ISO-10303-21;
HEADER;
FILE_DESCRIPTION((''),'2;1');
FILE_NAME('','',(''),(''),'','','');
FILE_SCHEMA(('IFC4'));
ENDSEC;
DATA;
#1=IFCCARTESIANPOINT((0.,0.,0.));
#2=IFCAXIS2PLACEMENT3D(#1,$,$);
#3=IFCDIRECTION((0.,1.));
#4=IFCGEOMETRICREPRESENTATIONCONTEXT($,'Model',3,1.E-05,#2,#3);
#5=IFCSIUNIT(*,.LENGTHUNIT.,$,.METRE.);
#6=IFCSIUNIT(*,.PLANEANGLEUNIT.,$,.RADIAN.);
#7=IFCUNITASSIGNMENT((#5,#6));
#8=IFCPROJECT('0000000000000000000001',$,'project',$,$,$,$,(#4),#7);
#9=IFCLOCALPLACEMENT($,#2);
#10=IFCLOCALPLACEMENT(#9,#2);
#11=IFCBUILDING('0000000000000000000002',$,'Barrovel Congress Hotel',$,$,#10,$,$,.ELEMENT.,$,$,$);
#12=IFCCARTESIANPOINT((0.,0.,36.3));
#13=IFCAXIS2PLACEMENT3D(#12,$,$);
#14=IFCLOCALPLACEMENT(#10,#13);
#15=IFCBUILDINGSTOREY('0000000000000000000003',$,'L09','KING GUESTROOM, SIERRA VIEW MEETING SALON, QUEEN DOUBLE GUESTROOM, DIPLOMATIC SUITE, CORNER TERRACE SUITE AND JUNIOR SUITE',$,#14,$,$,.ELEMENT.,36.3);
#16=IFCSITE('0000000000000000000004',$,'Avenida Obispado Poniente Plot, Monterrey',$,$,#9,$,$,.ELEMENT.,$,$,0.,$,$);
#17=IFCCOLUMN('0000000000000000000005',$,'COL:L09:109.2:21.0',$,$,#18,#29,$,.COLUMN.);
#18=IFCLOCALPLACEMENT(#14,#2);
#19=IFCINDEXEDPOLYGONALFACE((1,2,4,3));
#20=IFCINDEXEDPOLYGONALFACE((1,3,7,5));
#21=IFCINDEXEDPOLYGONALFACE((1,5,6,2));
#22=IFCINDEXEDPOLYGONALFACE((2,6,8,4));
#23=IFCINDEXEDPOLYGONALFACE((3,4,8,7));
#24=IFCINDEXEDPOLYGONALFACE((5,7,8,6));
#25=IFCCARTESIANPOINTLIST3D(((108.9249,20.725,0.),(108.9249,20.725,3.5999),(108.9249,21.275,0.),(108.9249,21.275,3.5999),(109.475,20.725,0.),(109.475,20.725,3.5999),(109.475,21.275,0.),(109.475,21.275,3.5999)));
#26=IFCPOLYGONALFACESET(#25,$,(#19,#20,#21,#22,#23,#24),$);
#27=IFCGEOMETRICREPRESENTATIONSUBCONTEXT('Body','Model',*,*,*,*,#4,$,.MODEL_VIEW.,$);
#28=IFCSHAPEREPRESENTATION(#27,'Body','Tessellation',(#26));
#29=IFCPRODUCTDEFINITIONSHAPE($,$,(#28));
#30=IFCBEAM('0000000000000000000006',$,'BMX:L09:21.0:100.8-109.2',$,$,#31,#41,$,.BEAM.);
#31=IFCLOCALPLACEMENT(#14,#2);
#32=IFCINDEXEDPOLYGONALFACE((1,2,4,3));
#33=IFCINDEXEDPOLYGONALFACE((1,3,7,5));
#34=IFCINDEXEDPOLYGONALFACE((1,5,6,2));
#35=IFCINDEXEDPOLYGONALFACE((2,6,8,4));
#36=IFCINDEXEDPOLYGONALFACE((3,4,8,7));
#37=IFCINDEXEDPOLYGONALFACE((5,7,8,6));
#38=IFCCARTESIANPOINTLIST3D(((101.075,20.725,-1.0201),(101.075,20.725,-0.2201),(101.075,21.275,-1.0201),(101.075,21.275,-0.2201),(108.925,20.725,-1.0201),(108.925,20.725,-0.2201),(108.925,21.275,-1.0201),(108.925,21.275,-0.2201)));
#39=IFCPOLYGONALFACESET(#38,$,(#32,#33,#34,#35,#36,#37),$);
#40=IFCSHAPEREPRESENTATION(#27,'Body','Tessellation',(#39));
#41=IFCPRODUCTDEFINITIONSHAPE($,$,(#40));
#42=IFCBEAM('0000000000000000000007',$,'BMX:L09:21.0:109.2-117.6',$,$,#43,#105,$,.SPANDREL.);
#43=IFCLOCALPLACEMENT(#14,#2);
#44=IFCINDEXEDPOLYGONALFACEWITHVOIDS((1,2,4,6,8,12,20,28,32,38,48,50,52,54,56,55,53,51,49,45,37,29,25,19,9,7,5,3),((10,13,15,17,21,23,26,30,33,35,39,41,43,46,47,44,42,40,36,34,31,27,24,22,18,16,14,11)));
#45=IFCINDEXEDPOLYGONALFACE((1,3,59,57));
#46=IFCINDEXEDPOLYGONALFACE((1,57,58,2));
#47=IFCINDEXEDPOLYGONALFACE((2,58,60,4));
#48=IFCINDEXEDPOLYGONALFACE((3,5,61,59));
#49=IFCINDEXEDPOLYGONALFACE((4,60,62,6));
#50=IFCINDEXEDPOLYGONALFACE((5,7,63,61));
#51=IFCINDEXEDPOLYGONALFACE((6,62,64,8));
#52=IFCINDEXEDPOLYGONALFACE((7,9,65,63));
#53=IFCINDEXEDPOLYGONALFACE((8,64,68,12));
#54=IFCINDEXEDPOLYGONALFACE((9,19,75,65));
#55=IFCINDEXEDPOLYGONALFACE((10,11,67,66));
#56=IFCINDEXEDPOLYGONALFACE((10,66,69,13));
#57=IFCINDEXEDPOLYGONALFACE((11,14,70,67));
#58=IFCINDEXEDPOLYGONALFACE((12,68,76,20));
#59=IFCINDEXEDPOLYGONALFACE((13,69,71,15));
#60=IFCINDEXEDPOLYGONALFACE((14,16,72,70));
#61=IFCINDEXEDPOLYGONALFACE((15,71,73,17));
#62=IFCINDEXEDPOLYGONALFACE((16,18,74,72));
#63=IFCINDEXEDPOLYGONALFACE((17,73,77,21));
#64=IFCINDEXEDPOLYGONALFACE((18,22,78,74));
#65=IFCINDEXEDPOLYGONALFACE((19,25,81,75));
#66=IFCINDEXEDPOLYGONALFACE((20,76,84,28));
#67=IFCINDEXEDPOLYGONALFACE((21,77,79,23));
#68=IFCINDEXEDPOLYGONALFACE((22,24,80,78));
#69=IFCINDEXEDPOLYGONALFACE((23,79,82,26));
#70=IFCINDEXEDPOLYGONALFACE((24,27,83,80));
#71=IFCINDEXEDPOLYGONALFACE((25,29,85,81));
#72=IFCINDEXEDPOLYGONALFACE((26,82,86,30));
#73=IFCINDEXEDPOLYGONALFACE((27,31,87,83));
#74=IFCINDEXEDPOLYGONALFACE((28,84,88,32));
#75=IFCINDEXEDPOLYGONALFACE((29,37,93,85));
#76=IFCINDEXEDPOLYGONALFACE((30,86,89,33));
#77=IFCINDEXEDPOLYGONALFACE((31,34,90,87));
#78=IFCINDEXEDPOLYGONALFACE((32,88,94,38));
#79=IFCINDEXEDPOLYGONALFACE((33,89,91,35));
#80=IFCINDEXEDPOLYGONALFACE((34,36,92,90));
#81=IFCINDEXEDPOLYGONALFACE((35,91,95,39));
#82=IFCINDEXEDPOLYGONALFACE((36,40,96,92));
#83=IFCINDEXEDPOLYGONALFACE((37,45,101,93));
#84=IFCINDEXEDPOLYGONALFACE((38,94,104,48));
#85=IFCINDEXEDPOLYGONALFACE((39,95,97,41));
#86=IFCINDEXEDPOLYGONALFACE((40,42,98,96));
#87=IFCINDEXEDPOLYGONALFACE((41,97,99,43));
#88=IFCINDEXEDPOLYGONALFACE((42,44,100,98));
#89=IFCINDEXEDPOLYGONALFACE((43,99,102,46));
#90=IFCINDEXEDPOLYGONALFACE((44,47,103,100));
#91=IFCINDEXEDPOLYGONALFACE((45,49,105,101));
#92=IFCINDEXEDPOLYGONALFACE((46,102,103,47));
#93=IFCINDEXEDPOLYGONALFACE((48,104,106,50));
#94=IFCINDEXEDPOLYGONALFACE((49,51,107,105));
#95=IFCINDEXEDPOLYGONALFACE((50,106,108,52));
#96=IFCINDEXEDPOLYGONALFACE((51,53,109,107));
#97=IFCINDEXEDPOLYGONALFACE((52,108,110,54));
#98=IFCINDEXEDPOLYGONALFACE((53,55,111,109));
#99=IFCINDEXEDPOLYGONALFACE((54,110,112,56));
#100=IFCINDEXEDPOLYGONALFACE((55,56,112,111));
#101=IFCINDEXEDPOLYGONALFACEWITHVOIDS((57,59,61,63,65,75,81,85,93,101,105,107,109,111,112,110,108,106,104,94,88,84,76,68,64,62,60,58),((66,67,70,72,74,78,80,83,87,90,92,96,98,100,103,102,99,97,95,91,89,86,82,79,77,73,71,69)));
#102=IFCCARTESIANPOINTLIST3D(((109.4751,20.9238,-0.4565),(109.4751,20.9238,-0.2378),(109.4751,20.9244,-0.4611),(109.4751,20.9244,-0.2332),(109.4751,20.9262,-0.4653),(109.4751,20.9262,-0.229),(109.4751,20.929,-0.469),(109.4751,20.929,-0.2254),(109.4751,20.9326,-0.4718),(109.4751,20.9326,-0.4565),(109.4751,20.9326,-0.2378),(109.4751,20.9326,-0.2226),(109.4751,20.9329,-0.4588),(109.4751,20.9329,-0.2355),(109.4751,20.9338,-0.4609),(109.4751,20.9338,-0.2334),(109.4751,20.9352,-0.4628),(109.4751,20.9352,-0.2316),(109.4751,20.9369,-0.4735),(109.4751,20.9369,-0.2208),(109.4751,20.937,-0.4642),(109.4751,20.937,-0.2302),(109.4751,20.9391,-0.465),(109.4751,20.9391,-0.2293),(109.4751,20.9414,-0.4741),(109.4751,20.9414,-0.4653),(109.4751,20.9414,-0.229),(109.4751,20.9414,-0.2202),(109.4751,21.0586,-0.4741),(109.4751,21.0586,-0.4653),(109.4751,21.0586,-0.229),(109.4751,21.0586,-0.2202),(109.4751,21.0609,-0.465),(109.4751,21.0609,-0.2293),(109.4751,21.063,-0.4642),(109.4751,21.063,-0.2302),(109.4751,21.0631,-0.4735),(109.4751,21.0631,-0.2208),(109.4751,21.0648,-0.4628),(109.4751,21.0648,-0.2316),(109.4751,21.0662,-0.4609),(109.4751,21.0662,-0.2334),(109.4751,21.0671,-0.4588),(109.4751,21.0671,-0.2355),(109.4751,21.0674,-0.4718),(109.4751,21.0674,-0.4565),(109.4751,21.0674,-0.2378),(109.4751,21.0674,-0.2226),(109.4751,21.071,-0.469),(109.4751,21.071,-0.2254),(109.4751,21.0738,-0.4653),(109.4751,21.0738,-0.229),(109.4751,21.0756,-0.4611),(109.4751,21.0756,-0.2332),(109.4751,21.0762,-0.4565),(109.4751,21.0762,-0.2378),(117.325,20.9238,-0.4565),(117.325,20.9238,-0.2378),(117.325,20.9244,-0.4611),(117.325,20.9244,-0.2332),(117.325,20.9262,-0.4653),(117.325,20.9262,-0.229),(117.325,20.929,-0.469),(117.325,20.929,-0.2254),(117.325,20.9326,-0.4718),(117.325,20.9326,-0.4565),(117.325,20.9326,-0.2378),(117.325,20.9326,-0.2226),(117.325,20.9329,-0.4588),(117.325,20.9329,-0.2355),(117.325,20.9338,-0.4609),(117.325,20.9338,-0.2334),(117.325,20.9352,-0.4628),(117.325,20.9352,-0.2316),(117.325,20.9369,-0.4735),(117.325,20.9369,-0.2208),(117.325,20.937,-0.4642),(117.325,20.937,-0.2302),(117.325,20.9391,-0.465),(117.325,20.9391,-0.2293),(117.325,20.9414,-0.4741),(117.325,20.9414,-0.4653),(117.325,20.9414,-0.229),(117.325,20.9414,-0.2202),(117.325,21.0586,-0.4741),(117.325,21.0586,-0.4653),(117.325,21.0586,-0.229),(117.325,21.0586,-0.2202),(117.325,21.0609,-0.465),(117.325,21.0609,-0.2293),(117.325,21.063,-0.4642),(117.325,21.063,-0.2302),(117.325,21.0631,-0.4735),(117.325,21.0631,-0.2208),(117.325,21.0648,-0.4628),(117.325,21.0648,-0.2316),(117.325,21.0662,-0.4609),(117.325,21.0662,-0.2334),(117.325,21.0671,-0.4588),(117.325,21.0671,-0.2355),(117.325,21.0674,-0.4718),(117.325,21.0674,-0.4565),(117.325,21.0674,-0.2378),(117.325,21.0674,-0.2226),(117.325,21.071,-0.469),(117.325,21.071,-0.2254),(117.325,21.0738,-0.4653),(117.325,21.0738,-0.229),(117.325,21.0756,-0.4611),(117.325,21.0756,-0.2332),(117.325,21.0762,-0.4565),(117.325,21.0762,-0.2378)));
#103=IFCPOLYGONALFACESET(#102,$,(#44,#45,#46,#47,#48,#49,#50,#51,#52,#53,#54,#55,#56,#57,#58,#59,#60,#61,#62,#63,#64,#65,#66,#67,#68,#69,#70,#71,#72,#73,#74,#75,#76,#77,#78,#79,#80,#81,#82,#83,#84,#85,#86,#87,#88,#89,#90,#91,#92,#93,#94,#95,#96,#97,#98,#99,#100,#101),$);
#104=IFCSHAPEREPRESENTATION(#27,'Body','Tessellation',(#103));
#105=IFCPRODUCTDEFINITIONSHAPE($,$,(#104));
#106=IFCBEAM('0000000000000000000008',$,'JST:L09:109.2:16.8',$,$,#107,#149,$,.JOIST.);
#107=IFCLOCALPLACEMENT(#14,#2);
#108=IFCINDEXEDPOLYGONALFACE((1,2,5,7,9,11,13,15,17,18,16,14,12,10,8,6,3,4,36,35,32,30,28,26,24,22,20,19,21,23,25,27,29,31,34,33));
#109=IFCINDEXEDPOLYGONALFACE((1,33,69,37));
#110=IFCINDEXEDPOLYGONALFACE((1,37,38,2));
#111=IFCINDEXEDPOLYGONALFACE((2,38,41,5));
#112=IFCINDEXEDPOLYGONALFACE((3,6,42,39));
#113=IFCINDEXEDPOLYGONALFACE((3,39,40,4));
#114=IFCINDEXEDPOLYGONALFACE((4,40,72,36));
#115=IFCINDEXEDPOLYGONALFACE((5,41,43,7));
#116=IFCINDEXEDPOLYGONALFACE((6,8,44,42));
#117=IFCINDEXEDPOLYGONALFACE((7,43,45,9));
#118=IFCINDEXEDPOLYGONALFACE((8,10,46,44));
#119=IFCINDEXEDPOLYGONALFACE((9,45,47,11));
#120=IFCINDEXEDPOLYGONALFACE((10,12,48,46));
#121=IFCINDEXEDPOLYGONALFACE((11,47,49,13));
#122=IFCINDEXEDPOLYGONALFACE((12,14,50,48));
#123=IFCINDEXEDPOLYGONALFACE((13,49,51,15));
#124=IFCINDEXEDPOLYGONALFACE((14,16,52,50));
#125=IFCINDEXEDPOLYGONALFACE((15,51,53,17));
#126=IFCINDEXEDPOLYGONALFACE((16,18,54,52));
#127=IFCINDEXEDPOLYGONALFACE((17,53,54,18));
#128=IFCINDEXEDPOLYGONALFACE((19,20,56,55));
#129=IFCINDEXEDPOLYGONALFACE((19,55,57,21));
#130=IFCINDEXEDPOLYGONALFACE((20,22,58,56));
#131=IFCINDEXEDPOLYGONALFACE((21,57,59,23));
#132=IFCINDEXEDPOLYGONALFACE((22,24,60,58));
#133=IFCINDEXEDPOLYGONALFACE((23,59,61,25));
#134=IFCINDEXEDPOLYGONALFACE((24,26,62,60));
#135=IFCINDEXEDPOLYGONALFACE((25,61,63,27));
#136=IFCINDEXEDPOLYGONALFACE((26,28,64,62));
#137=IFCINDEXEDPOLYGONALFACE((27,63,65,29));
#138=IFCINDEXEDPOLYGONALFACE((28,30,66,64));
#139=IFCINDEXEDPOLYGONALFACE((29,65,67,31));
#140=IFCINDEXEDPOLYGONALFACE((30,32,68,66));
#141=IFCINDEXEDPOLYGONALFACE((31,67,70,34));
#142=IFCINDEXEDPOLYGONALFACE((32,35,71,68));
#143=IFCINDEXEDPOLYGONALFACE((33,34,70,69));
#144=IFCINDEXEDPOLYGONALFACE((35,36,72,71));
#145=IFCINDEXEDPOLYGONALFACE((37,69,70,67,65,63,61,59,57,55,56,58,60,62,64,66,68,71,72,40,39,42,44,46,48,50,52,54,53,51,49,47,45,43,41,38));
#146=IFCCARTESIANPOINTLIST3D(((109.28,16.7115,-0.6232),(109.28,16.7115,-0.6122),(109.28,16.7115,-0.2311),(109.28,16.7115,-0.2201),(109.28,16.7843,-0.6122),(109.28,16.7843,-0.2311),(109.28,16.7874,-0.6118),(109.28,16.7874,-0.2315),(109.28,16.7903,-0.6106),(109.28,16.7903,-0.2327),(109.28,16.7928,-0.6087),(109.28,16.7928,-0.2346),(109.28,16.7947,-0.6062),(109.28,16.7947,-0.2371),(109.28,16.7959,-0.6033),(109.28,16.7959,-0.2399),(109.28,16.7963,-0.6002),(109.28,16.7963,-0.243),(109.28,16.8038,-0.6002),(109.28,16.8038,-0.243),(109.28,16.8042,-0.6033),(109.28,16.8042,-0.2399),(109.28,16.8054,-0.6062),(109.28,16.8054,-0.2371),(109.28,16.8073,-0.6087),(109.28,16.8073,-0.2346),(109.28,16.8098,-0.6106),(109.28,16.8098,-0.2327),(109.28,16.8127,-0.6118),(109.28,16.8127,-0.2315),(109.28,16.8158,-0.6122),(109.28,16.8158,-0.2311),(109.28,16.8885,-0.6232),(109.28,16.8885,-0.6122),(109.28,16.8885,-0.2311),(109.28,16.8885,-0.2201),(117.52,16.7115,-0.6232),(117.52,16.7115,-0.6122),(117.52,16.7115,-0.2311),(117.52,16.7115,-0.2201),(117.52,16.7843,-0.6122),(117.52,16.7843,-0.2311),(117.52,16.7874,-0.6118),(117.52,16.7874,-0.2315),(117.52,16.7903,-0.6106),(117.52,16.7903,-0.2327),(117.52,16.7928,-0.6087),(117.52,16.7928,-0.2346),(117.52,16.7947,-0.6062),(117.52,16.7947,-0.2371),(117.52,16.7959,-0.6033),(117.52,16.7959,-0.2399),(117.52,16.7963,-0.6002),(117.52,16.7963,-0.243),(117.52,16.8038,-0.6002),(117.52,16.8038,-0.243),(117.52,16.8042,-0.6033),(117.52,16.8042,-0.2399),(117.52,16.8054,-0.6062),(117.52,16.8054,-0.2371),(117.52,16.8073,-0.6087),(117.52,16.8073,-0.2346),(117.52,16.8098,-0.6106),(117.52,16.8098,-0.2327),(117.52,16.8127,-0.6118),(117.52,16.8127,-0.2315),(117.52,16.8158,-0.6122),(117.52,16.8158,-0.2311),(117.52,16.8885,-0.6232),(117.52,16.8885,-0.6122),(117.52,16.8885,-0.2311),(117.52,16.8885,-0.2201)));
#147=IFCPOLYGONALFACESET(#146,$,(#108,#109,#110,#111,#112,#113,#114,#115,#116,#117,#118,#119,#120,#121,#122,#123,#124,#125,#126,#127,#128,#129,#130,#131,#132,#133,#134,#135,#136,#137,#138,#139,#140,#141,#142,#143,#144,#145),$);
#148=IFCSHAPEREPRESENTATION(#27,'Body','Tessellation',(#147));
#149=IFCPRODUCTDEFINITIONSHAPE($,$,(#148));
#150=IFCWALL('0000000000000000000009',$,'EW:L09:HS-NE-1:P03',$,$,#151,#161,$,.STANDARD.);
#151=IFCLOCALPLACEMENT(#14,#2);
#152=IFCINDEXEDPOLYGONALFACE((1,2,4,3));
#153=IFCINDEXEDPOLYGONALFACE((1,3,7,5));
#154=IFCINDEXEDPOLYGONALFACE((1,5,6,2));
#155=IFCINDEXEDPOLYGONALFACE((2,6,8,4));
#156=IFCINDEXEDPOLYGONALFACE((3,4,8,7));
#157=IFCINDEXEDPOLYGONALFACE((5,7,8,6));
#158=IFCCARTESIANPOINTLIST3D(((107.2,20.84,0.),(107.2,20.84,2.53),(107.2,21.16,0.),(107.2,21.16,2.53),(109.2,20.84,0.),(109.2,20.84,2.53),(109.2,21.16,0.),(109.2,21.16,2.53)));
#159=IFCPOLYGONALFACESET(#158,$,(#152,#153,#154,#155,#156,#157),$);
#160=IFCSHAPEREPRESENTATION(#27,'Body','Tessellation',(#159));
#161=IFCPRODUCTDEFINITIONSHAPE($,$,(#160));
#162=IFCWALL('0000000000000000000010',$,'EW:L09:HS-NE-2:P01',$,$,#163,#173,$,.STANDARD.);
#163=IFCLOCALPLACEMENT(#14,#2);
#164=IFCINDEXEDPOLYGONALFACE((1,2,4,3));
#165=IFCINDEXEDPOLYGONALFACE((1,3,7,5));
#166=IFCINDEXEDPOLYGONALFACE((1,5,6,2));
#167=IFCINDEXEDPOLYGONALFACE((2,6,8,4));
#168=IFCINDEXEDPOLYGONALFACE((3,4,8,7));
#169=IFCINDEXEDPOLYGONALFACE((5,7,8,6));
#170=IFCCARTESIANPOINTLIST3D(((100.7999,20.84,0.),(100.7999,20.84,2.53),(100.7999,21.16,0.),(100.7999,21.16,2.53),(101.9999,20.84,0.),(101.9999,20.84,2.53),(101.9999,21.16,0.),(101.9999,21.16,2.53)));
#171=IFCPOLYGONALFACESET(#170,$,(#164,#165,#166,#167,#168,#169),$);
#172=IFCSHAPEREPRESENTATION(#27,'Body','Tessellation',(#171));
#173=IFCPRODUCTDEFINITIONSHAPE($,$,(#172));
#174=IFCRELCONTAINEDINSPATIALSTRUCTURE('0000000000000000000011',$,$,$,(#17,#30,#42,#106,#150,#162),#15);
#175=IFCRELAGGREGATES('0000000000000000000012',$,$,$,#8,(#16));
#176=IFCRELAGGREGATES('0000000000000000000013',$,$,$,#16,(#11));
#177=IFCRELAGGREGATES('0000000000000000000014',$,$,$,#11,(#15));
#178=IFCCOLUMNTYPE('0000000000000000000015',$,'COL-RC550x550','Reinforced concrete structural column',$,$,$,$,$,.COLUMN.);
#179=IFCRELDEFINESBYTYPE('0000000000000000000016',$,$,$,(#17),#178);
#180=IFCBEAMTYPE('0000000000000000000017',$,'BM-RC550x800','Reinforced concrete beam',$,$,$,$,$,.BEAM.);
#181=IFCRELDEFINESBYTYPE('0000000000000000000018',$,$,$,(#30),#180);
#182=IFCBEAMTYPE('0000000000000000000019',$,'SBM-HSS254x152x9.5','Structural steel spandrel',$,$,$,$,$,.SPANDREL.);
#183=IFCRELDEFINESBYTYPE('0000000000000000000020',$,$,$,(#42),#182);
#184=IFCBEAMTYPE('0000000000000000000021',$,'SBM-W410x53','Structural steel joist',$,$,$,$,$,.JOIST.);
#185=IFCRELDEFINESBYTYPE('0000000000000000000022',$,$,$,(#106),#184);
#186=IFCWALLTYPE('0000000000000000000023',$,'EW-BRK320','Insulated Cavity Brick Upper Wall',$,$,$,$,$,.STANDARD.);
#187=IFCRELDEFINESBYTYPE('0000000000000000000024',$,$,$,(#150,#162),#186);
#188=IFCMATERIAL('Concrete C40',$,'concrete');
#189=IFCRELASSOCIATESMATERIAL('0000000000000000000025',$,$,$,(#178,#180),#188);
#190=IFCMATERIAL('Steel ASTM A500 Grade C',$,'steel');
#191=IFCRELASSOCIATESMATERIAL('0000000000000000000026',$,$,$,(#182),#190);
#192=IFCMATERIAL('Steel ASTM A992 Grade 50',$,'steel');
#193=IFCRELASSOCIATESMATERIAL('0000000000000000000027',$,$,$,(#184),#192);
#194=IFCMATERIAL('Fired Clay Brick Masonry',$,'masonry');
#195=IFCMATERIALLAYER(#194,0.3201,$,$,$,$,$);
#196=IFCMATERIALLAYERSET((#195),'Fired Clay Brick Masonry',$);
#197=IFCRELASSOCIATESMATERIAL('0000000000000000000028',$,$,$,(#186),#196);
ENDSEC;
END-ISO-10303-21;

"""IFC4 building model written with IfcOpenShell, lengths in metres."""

from ifc_helpers import new_model, si_unit, direction, frame, frame_2d, origin, origin_2d, place, context, subcontext, project, spatial, rectangle, hollow_rectangle, i_section, extrude, material, layer, layer_set, material_profile, profile_set, type_object, element, save


model = new_model("IFC4")

# Units and contexts
model_context = context("Model", 3, precision=1e-05, world=origin(), true_north=direction((0.0, 1.0)))
body_context = subcontext(model_context, "Body", "Model", "MODEL_VIEW")
ifc_project = project(units=[si_unit("LENGTHUNIT", "METRE"), si_unit("PLANEANGLEUNIT", "RADIAN")], contexts=[model_context])

# Site, building, storey
site_placement = place(None, origin())
site = spatial("IfcSite", under=ifc_project, at=site_placement, Name="Avenida Obispado Poniente Plot, Monterrey", CompositionType="ELEMENT", RefElevation=0.0)
building_placement = place(site_placement, origin())
building = spatial("IfcBuilding", under=site, at=building_placement, Name="Barrovel Congress Hotel", CompositionType="ELEMENT")
storey_placement = place(building_placement, frame((0.0, 0.0, 36.3)))
storey = spatial("IfcBuildingStorey", under=building, at=storey_placement, Name="L09", Description="KING GUESTROOM, SIERRA VIEW MEETING SALON, QUEEN DOUBLE GUESTROOM, DIPLOMATIC SUITE, CORNER TERRACE SUITE AND JUNIOR SUITE", CompositionType="ELEMENT", Elevation=36.3)

# Column
ifc_material_1 = material(Name="Concrete C40", Category="concrete")
ifc_material_profile_1 = material_profile(ifc_material_1, rectangle(XDim=0.55, YDim=0.55, at=origin_2d()), Name="RC550x550")
ifc_profile_set_1 = profile_set([ifc_material_profile_1], Name="Concrete C40")
column_type = type_object("IfcColumnType", Name="COL-RC550x550", Description="Reinforced concrete structural column", PredefinedType="COLUMN", material=ifc_profile_set_1)
column_placement = place(storey_placement, frame((109.2, 21.0, 0.0), z_axis=(0.0, 0.0, 1.0), x_axis=(1.0, 0.0, 0.0)))
element("IfcColumn", 1, at=column_placement, inside=storey, type_object=column_type, Name="COL:L09:109.2:21.0", PredefinedType="COLUMN", context=body_context, shape_type="SweptSolid", body=[
    extrude(rectangle(XDim=0.55, YDim=0.55, at=origin_2d()), origin(), (0.0, 0.0, 1.0), 3.5999),
])

# Beams
ifc_material_profile_2 = material_profile(ifc_material_1, rectangle(XDim=0.55, YDim=0.8, at=origin_2d()), Name="RC550x800")
ifc_profile_set_2 = profile_set([ifc_material_profile_2], Name="Concrete C40")
beam_type_1 = type_object("IfcBeamType", Name="BM-RC550x800", Description="Reinforced concrete beam", PredefinedType="BEAM", material=ifc_profile_set_2)
beam_1_placement = place(storey_placement, frame((101.075, 21.0, -0.6201), z_axis=(1.0, 0.0, 0.0), x_axis=(0.0, 1.0, 0.0)))
element("IfcBeam", 2, at=beam_1_placement, inside=storey, type_object=beam_type_1, Name="BMX:L09:21.0:100.8-109.2", PredefinedType="BEAM", context=body_context, shape_type="SweptSolid", body=[
    extrude(rectangle(XDim=0.55, YDim=0.8, at=origin_2d()), origin(), (0.0, 0.0, 1.0), 7.8501),
])
ifc_material_2 = material(Name="Steel ASTM A500 Grade C", Category="steel")
ifc_material_profile_3 = material_profile(ifc_material_2, hollow_rectangle(XDim=0.1523, YDim=0.2539, WallThickness=0.0088, InnerFilletRadius=0.0088, OuterFilletRadius=0.0176, at=origin_2d()), Name="HSS254x152x9.5")
ifc_profile_set_3 = profile_set([ifc_material_profile_3], Name="Steel ASTM A500 Grade C")
beam_type_2 = type_object("IfcBeamType", Name="SBM-HSS254x152x9.5", Description="Structural steel spandrel", PredefinedType="SPANDREL", material=ifc_profile_set_3)
beam_2_placement = place(storey_placement, frame((109.4751, 21.0, -0.3472), z_axis=(1.0, 0.0, 0.0), x_axis=(0.0, 1.0, 0.0)))
element("IfcBeam", 3, at=beam_2_placement, inside=storey, type_object=beam_type_2, Name="BMX:L09:21.0:109.2-117.6", PredefinedType="SPANDREL", context=body_context, shape_type="SweptSolid", body=[
    extrude(hollow_rectangle(XDim=0.1523, YDim=0.2539, WallThickness=0.0088, InnerFilletRadius=0.0088, OuterFilletRadius=0.0176, at=origin_2d()), origin(), (0.0, 0.0, 1.0), 7.8499),
])
ifc_material_3 = material(Name="Steel ASTM A992 Grade 50", Category="steel")
ifc_material_profile_4 = material_profile(ifc_material_3, i_section(OverallWidth=0.177, OverallDepth=0.4031, WebThickness=0.0076, FlangeThickness=0.011, FilletRadius=0.012, at=origin_2d()), Name="W410x53")
ifc_profile_set_4 = profile_set([ifc_material_profile_4], Name="Steel ASTM A992 Grade 50")
beam_type_3 = type_object("IfcBeamType", Name="SBM-W410x53", Description="Structural steel joist", PredefinedType="JOIST", material=ifc_profile_set_4)
beam_3_placement = place(storey_placement, frame((109.28, 16.8, -0.4216), z_axis=(1.0, 0.0, 0.0), x_axis=(0.0, 1.0, 0.0)))
element("IfcBeam", 4, at=beam_3_placement, inside=storey, type_object=beam_type_3, Name="JST:L09:109.2:16.8", PredefinedType="JOIST", context=body_context, shape_type="SweptSolid", body=[
    extrude(i_section(OverallWidth=0.177, OverallDepth=0.4031, WebThickness=0.0076, FlangeThickness=0.011, FilletRadius=0.012, at=origin_2d()), origin(), (0.0, 0.0, 1.0), 8.24),
])

# Walls
ifc_material_4 = material(Name="Fired Clay Brick Masonry", Category="masonry")
ifc_layer_1 = layer(ifc_material_4, 0.3201)
ifc_layer_set_1 = layer_set([ifc_layer_1], Name="Fired Clay Brick Masonry")
wall_type_1 = type_object("IfcWallType", Name="EW-BRK320", Description="Insulated Cavity Brick Upper Wall", PredefinedType="STANDARD", material=ifc_layer_set_1)
wall_1_placement = place(storey_placement, frame((109.2, 21.0, 0.0), z_axis=(0.0, 0.0, 1.0), x_axis=(-1.0, 0.0, 0.0)))
element("IfcWall", 5, at=wall_1_placement, inside=storey, type_object=wall_type_1, Name="EW:L09:HS-NE-1:P03", PredefinedType="STANDARD", context=body_context, shape_type="SweptSolid", body=[
    extrude(rectangle(XDim=2.0, YDim=0.3201, at=frame_2d((1.0, 0.0))), origin(), (0.0, 0.0, 1.0), 2.53),
])
wall_2_placement = place(storey_placement, frame((102.0, 21.0, 0.0), z_axis=(0.0, 0.0, 1.0), x_axis=(-1.0, 0.0, 0.0)))
element("IfcWall", 6, at=wall_2_placement, inside=storey, type_object=wall_type_1, Name="EW:L09:HS-NE-2:P01", PredefinedType="STANDARD", context=body_context, shape_type="SweptSolid", body=[
    extrude(rectangle(XDim=1.2, YDim=0.3201, at=frame_2d((0.6001, 0.0))), origin(), (0.0, 0.0, 1.0), 2.53),
])

save(model, "model.ifc")
